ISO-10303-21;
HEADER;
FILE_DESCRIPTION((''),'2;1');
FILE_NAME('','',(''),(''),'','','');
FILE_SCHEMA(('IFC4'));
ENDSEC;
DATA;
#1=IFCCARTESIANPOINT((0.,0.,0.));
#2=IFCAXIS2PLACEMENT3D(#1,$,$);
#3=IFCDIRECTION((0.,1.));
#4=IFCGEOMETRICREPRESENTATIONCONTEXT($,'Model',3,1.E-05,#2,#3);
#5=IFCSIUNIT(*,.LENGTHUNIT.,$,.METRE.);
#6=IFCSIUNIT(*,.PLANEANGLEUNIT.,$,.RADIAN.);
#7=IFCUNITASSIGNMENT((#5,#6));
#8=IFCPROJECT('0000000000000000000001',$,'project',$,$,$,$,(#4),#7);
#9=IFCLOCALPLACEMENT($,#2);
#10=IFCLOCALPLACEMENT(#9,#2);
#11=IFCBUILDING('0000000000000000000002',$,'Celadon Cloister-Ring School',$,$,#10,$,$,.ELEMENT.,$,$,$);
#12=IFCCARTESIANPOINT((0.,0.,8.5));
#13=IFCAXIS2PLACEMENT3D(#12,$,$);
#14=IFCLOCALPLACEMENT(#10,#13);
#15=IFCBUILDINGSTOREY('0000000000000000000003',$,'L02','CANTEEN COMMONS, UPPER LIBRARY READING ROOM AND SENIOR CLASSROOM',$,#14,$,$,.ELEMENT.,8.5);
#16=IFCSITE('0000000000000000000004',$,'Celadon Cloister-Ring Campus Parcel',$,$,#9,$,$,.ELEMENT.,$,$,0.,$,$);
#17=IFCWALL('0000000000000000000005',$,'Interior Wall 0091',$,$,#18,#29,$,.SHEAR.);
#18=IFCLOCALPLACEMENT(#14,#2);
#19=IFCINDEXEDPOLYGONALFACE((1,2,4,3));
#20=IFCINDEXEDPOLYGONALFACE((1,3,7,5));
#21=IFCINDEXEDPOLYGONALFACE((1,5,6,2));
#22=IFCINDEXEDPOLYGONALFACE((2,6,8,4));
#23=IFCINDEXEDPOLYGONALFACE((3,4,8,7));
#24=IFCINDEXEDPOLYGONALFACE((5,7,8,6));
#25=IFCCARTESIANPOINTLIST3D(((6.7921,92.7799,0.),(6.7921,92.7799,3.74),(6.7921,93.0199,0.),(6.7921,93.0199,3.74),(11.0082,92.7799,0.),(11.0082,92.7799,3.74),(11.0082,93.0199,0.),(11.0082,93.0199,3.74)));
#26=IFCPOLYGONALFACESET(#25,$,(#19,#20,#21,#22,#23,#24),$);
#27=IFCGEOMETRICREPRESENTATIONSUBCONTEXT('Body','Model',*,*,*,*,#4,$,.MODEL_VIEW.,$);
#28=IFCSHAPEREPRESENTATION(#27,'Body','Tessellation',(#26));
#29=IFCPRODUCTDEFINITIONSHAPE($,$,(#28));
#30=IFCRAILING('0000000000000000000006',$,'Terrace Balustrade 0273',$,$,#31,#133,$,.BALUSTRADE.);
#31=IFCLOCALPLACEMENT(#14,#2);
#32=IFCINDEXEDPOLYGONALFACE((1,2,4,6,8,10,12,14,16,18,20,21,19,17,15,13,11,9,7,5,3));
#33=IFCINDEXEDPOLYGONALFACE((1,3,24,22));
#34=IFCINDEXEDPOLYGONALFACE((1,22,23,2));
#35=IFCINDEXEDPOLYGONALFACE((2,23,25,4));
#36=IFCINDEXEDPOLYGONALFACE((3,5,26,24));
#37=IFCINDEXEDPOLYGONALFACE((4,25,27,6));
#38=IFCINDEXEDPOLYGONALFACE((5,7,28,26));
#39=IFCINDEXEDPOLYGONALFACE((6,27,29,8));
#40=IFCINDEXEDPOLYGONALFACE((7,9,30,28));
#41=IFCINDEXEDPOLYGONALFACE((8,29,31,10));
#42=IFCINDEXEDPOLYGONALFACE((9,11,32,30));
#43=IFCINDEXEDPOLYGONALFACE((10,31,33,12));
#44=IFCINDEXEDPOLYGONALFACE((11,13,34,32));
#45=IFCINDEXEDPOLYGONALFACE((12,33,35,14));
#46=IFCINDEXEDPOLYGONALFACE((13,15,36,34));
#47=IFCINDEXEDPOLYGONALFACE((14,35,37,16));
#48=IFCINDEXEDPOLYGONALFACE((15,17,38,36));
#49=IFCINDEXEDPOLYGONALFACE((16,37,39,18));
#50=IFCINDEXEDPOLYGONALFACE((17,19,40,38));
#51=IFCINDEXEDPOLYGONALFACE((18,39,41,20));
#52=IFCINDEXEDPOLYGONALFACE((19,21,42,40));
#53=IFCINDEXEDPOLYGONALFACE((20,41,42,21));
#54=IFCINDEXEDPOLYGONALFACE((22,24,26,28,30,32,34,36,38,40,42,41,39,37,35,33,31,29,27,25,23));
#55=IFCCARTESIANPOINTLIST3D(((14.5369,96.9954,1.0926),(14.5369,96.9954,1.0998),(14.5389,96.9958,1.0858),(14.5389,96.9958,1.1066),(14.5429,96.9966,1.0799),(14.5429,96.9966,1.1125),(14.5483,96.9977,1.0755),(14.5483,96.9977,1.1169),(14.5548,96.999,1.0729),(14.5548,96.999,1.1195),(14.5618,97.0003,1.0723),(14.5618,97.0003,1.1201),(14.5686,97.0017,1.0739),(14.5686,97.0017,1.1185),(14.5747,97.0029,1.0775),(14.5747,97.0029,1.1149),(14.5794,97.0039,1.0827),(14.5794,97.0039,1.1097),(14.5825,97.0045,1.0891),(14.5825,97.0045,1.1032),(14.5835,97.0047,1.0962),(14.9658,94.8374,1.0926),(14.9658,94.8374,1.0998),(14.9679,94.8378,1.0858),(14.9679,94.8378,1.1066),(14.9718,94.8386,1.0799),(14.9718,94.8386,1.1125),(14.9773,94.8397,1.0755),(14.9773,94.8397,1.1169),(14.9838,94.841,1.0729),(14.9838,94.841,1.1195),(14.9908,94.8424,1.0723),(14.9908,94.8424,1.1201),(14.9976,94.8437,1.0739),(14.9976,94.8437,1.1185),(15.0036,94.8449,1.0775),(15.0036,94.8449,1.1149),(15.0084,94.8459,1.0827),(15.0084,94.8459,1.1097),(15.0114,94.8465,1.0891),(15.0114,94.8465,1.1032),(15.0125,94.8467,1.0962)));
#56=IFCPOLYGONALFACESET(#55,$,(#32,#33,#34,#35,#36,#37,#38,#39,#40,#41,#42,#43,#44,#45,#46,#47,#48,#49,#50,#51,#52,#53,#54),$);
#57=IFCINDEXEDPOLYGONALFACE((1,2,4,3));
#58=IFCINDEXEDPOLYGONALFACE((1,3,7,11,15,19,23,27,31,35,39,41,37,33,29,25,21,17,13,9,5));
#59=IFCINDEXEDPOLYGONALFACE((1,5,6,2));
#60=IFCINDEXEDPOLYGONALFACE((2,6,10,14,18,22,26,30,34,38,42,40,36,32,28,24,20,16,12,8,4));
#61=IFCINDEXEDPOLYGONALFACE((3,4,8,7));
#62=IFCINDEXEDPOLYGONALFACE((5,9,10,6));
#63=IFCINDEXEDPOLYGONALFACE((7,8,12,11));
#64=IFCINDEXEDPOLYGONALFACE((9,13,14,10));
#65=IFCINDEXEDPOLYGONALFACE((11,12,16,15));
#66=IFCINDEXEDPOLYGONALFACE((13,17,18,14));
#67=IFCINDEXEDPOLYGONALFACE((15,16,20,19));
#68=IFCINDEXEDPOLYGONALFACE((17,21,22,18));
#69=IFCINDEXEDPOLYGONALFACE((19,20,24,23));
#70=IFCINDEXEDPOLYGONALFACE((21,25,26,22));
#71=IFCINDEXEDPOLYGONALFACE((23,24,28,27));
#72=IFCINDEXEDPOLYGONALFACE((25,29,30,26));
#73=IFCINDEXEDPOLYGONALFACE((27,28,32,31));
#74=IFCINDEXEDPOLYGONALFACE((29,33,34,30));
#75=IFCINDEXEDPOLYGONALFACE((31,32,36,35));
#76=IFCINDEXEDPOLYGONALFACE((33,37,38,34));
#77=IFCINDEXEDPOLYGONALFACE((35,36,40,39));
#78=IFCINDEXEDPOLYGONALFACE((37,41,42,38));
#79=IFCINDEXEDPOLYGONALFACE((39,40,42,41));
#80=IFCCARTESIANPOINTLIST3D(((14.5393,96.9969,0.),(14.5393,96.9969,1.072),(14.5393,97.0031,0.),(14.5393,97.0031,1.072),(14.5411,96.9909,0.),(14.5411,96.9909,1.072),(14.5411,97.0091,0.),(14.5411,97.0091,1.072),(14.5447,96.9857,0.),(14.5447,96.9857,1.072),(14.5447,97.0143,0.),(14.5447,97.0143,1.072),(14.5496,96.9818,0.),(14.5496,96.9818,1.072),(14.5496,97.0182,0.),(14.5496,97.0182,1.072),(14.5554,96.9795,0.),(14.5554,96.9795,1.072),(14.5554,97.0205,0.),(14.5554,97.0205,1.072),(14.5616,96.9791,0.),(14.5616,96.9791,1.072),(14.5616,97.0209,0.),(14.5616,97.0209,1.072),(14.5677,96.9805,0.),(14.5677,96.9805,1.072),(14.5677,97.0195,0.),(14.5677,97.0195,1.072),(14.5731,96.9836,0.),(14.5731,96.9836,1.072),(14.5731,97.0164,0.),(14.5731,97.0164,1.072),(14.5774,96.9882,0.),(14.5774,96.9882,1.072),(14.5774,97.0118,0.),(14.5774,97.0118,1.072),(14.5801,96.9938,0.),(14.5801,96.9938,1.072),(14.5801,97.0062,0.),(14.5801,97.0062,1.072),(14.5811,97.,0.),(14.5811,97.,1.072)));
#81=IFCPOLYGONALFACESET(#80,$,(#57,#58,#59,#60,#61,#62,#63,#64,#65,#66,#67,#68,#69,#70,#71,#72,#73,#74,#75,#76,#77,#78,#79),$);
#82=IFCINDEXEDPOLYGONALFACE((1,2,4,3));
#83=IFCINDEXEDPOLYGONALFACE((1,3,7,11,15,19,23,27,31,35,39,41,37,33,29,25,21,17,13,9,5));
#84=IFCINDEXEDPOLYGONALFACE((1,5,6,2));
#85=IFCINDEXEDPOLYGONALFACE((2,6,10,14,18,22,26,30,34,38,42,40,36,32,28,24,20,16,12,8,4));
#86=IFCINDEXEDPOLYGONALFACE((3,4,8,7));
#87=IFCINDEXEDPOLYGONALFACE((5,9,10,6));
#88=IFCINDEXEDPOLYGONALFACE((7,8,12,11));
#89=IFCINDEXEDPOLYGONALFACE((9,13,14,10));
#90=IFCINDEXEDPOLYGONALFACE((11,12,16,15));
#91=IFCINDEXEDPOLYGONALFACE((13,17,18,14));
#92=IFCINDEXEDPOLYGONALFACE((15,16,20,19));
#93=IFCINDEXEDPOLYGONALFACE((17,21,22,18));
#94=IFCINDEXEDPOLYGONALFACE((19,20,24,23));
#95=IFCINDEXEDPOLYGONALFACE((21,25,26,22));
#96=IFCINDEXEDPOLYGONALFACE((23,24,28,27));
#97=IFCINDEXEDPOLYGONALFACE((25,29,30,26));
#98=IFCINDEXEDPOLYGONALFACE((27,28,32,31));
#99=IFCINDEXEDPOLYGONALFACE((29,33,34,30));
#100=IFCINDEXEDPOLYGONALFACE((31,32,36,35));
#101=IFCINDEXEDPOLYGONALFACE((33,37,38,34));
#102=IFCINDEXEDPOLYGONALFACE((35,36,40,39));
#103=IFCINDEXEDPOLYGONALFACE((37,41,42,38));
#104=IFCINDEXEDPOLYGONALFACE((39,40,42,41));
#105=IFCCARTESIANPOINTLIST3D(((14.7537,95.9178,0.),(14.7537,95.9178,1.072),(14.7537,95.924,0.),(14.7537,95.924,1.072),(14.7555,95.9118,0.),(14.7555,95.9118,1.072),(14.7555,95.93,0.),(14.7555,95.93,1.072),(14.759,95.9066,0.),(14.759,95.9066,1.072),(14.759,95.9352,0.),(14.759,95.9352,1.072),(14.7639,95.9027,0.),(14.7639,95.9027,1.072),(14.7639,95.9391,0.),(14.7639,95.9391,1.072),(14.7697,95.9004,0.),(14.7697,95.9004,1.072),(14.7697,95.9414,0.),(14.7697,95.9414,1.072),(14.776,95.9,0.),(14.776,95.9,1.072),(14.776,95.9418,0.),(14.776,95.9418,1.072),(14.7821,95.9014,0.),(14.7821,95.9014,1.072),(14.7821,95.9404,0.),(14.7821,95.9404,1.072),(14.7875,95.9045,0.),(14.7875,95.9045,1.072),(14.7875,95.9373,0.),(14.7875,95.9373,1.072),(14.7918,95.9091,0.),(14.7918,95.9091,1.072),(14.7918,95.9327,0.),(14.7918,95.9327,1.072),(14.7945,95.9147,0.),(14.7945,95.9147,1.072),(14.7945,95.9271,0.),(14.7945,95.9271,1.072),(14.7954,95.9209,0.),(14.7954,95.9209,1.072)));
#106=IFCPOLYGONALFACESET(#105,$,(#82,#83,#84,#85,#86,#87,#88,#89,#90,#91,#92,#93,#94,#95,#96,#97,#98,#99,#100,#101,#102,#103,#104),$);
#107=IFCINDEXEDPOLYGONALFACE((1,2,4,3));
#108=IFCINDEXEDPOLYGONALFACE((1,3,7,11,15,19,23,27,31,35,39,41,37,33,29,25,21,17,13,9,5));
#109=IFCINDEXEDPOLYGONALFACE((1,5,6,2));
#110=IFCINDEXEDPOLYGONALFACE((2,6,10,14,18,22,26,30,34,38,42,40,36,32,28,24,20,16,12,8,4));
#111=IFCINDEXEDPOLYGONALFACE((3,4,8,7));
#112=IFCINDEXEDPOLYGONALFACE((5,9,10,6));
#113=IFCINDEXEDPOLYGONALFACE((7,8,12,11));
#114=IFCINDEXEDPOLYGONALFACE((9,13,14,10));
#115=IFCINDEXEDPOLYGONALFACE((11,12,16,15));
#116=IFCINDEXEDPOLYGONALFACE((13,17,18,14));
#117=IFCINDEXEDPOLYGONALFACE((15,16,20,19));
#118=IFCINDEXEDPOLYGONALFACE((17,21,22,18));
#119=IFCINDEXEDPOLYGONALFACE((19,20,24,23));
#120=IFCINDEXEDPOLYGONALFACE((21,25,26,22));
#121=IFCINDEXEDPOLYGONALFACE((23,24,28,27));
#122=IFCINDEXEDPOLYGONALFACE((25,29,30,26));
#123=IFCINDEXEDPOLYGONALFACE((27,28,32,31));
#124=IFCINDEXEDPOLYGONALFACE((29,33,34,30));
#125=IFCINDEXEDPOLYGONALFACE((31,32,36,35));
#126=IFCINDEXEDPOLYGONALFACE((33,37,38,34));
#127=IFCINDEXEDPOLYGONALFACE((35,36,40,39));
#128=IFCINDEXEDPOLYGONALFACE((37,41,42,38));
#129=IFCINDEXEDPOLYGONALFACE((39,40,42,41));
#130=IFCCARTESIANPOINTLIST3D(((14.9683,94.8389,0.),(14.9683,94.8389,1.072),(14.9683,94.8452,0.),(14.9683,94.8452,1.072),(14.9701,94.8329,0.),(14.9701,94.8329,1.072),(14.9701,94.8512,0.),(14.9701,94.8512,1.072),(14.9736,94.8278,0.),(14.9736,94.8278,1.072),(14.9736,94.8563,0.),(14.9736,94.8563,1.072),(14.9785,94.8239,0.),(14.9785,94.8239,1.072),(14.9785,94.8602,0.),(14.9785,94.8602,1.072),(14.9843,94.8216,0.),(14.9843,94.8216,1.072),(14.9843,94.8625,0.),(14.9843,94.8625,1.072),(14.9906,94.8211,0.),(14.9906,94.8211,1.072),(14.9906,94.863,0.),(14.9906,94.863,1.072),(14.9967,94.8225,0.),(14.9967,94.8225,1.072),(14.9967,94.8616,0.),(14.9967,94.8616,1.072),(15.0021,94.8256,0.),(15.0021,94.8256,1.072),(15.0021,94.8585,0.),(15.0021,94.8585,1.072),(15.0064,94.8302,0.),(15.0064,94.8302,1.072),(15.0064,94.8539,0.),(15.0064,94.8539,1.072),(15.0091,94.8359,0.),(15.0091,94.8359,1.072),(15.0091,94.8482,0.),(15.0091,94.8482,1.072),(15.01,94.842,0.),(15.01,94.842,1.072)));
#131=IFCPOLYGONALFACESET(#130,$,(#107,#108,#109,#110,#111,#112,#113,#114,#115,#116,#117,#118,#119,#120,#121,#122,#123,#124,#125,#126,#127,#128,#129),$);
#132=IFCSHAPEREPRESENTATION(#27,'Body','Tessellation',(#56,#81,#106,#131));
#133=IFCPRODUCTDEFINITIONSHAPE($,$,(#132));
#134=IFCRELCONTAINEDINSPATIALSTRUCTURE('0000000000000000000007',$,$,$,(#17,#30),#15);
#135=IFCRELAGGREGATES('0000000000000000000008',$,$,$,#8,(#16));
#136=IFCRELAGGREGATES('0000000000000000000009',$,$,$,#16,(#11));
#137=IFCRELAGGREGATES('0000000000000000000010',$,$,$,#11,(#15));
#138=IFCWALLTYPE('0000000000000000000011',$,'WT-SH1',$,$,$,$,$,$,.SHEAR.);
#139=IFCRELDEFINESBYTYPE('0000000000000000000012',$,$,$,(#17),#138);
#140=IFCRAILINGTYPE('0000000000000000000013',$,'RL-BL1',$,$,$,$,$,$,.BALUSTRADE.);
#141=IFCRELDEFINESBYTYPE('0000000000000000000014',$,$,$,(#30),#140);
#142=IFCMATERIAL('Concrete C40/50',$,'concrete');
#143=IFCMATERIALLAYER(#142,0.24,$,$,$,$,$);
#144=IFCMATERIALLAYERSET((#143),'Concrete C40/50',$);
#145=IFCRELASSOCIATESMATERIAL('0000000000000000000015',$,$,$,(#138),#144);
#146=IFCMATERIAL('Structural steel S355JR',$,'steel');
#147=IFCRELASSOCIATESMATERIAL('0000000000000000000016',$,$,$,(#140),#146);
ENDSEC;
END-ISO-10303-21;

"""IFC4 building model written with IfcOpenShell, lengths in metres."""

from ifc_helpers import new_model, si_unit, direction, frame, frame_2d, origin, origin_2d, place, context, subcontext, project, spatial, rectangle, circle, extrude, material, layer, layer_set, type_object, element, save


model = new_model("IFC4")

# Units and contexts
model_context = context("Model", 3, precision=1e-05, world=origin(), true_north=direction((0.0, 1.0)))
body_context = subcontext(model_context, "Body", "Model", "MODEL_VIEW")
ifc_project = project(units=[si_unit("LENGTHUNIT", "METRE"), si_unit("PLANEANGLEUNIT", "RADIAN")], contexts=[model_context])

# Site, building, storey
site_placement = place(None, origin())
site = spatial("IfcSite", under=ifc_project, at=site_placement, Name="Celadon Cloister-Ring Campus Parcel", CompositionType="ELEMENT", RefElevation=0.0)
building_placement = place(site_placement, origin())
building = spatial("IfcBuilding", under=site, at=building_placement, Name="Celadon Cloister-Ring School", CompositionType="ELEMENT")
storey_placement = place(building_placement, frame((0.0, 0.0, 8.5)))
storey = spatial("IfcBuildingStorey", under=building, at=storey_placement, Name="L02", Description="CANTEEN COMMONS, UPPER LIBRARY READING ROOM AND SENIOR CLASSROOM", CompositionType="ELEMENT", Elevation=8.5)

# Wall
ifc_material_1 = material(Name="Concrete C40/50", Category="concrete")
ifc_layer_1 = layer(ifc_material_1, 0.24)
ifc_layer_set_1 = layer_set([ifc_layer_1], Name="Concrete C40/50")
wall_type_1 = type_object("IfcWallType", Name="WT-SH1", PredefinedType="SHEAR", material=ifc_layer_set_1)
wall_1_placement = place(storey_placement, frame((11.0081, 92.8999, 0.0), z_axis=(0.0, 0.0, 1.0), x_axis=(-1.0, 0.0, 0.0)))
element("IfcWall", 1, at=wall_1_placement, inside=storey, type_object=wall_type_1, Name="Interior Wall 0091", PredefinedType="SHEAR", context=body_context, shape_type="SweptSolid", body=[
    extrude(rectangle(XDim=4.2161, YDim=0.24, at=frame_2d((2.1079, 0.0))), origin(), (0.0, 0.0, 1.0), 3.74),
])

# Railing
ifc_material_2 = material(Name="Structural steel S355JR", Category="steel")
railing_type = type_object("IfcRailingType", Name="RL-BL1", PredefinedType="BALUSTRADE", material=ifc_material_2)
railing_placement = place(storey_placement, frame((14.5601, 97.0, 0.0)))
element("IfcRailing", 2, at=railing_placement, inside=storey, type_object=railing_type, Name="Terrace Balustrade 0273", PredefinedType="BALUSTRADE", context=body_context, shape_type="SweptSolid", body=[
    extrude(circle(Radius=0.0239, at=origin_2d()), frame((0.0, 0.0, 1.0962), z_axis=(0.194964, -0.98081, 0.0), x_axis=(0.98081, 0.194964, 0.0)), (0.0, 0.0, 1.0), 2.2002),
    extrude(circle(Radius=0.021, at=origin_2d()), origin(), (0.0, 0.0, 1.0), 1.072),
    extrude(circle(Radius=0.021, at=origin_2d()), frame((0.2144, -1.0791, 0.0)), (0.0, 0.0, 1.0), 1.072),
    extrude(circle(Radius=0.021, at=origin_2d()), frame((0.429, -2.158, 0.0)), (0.0, 0.0, 1.0), 1.072),
])

save(model, "model.ifc")
